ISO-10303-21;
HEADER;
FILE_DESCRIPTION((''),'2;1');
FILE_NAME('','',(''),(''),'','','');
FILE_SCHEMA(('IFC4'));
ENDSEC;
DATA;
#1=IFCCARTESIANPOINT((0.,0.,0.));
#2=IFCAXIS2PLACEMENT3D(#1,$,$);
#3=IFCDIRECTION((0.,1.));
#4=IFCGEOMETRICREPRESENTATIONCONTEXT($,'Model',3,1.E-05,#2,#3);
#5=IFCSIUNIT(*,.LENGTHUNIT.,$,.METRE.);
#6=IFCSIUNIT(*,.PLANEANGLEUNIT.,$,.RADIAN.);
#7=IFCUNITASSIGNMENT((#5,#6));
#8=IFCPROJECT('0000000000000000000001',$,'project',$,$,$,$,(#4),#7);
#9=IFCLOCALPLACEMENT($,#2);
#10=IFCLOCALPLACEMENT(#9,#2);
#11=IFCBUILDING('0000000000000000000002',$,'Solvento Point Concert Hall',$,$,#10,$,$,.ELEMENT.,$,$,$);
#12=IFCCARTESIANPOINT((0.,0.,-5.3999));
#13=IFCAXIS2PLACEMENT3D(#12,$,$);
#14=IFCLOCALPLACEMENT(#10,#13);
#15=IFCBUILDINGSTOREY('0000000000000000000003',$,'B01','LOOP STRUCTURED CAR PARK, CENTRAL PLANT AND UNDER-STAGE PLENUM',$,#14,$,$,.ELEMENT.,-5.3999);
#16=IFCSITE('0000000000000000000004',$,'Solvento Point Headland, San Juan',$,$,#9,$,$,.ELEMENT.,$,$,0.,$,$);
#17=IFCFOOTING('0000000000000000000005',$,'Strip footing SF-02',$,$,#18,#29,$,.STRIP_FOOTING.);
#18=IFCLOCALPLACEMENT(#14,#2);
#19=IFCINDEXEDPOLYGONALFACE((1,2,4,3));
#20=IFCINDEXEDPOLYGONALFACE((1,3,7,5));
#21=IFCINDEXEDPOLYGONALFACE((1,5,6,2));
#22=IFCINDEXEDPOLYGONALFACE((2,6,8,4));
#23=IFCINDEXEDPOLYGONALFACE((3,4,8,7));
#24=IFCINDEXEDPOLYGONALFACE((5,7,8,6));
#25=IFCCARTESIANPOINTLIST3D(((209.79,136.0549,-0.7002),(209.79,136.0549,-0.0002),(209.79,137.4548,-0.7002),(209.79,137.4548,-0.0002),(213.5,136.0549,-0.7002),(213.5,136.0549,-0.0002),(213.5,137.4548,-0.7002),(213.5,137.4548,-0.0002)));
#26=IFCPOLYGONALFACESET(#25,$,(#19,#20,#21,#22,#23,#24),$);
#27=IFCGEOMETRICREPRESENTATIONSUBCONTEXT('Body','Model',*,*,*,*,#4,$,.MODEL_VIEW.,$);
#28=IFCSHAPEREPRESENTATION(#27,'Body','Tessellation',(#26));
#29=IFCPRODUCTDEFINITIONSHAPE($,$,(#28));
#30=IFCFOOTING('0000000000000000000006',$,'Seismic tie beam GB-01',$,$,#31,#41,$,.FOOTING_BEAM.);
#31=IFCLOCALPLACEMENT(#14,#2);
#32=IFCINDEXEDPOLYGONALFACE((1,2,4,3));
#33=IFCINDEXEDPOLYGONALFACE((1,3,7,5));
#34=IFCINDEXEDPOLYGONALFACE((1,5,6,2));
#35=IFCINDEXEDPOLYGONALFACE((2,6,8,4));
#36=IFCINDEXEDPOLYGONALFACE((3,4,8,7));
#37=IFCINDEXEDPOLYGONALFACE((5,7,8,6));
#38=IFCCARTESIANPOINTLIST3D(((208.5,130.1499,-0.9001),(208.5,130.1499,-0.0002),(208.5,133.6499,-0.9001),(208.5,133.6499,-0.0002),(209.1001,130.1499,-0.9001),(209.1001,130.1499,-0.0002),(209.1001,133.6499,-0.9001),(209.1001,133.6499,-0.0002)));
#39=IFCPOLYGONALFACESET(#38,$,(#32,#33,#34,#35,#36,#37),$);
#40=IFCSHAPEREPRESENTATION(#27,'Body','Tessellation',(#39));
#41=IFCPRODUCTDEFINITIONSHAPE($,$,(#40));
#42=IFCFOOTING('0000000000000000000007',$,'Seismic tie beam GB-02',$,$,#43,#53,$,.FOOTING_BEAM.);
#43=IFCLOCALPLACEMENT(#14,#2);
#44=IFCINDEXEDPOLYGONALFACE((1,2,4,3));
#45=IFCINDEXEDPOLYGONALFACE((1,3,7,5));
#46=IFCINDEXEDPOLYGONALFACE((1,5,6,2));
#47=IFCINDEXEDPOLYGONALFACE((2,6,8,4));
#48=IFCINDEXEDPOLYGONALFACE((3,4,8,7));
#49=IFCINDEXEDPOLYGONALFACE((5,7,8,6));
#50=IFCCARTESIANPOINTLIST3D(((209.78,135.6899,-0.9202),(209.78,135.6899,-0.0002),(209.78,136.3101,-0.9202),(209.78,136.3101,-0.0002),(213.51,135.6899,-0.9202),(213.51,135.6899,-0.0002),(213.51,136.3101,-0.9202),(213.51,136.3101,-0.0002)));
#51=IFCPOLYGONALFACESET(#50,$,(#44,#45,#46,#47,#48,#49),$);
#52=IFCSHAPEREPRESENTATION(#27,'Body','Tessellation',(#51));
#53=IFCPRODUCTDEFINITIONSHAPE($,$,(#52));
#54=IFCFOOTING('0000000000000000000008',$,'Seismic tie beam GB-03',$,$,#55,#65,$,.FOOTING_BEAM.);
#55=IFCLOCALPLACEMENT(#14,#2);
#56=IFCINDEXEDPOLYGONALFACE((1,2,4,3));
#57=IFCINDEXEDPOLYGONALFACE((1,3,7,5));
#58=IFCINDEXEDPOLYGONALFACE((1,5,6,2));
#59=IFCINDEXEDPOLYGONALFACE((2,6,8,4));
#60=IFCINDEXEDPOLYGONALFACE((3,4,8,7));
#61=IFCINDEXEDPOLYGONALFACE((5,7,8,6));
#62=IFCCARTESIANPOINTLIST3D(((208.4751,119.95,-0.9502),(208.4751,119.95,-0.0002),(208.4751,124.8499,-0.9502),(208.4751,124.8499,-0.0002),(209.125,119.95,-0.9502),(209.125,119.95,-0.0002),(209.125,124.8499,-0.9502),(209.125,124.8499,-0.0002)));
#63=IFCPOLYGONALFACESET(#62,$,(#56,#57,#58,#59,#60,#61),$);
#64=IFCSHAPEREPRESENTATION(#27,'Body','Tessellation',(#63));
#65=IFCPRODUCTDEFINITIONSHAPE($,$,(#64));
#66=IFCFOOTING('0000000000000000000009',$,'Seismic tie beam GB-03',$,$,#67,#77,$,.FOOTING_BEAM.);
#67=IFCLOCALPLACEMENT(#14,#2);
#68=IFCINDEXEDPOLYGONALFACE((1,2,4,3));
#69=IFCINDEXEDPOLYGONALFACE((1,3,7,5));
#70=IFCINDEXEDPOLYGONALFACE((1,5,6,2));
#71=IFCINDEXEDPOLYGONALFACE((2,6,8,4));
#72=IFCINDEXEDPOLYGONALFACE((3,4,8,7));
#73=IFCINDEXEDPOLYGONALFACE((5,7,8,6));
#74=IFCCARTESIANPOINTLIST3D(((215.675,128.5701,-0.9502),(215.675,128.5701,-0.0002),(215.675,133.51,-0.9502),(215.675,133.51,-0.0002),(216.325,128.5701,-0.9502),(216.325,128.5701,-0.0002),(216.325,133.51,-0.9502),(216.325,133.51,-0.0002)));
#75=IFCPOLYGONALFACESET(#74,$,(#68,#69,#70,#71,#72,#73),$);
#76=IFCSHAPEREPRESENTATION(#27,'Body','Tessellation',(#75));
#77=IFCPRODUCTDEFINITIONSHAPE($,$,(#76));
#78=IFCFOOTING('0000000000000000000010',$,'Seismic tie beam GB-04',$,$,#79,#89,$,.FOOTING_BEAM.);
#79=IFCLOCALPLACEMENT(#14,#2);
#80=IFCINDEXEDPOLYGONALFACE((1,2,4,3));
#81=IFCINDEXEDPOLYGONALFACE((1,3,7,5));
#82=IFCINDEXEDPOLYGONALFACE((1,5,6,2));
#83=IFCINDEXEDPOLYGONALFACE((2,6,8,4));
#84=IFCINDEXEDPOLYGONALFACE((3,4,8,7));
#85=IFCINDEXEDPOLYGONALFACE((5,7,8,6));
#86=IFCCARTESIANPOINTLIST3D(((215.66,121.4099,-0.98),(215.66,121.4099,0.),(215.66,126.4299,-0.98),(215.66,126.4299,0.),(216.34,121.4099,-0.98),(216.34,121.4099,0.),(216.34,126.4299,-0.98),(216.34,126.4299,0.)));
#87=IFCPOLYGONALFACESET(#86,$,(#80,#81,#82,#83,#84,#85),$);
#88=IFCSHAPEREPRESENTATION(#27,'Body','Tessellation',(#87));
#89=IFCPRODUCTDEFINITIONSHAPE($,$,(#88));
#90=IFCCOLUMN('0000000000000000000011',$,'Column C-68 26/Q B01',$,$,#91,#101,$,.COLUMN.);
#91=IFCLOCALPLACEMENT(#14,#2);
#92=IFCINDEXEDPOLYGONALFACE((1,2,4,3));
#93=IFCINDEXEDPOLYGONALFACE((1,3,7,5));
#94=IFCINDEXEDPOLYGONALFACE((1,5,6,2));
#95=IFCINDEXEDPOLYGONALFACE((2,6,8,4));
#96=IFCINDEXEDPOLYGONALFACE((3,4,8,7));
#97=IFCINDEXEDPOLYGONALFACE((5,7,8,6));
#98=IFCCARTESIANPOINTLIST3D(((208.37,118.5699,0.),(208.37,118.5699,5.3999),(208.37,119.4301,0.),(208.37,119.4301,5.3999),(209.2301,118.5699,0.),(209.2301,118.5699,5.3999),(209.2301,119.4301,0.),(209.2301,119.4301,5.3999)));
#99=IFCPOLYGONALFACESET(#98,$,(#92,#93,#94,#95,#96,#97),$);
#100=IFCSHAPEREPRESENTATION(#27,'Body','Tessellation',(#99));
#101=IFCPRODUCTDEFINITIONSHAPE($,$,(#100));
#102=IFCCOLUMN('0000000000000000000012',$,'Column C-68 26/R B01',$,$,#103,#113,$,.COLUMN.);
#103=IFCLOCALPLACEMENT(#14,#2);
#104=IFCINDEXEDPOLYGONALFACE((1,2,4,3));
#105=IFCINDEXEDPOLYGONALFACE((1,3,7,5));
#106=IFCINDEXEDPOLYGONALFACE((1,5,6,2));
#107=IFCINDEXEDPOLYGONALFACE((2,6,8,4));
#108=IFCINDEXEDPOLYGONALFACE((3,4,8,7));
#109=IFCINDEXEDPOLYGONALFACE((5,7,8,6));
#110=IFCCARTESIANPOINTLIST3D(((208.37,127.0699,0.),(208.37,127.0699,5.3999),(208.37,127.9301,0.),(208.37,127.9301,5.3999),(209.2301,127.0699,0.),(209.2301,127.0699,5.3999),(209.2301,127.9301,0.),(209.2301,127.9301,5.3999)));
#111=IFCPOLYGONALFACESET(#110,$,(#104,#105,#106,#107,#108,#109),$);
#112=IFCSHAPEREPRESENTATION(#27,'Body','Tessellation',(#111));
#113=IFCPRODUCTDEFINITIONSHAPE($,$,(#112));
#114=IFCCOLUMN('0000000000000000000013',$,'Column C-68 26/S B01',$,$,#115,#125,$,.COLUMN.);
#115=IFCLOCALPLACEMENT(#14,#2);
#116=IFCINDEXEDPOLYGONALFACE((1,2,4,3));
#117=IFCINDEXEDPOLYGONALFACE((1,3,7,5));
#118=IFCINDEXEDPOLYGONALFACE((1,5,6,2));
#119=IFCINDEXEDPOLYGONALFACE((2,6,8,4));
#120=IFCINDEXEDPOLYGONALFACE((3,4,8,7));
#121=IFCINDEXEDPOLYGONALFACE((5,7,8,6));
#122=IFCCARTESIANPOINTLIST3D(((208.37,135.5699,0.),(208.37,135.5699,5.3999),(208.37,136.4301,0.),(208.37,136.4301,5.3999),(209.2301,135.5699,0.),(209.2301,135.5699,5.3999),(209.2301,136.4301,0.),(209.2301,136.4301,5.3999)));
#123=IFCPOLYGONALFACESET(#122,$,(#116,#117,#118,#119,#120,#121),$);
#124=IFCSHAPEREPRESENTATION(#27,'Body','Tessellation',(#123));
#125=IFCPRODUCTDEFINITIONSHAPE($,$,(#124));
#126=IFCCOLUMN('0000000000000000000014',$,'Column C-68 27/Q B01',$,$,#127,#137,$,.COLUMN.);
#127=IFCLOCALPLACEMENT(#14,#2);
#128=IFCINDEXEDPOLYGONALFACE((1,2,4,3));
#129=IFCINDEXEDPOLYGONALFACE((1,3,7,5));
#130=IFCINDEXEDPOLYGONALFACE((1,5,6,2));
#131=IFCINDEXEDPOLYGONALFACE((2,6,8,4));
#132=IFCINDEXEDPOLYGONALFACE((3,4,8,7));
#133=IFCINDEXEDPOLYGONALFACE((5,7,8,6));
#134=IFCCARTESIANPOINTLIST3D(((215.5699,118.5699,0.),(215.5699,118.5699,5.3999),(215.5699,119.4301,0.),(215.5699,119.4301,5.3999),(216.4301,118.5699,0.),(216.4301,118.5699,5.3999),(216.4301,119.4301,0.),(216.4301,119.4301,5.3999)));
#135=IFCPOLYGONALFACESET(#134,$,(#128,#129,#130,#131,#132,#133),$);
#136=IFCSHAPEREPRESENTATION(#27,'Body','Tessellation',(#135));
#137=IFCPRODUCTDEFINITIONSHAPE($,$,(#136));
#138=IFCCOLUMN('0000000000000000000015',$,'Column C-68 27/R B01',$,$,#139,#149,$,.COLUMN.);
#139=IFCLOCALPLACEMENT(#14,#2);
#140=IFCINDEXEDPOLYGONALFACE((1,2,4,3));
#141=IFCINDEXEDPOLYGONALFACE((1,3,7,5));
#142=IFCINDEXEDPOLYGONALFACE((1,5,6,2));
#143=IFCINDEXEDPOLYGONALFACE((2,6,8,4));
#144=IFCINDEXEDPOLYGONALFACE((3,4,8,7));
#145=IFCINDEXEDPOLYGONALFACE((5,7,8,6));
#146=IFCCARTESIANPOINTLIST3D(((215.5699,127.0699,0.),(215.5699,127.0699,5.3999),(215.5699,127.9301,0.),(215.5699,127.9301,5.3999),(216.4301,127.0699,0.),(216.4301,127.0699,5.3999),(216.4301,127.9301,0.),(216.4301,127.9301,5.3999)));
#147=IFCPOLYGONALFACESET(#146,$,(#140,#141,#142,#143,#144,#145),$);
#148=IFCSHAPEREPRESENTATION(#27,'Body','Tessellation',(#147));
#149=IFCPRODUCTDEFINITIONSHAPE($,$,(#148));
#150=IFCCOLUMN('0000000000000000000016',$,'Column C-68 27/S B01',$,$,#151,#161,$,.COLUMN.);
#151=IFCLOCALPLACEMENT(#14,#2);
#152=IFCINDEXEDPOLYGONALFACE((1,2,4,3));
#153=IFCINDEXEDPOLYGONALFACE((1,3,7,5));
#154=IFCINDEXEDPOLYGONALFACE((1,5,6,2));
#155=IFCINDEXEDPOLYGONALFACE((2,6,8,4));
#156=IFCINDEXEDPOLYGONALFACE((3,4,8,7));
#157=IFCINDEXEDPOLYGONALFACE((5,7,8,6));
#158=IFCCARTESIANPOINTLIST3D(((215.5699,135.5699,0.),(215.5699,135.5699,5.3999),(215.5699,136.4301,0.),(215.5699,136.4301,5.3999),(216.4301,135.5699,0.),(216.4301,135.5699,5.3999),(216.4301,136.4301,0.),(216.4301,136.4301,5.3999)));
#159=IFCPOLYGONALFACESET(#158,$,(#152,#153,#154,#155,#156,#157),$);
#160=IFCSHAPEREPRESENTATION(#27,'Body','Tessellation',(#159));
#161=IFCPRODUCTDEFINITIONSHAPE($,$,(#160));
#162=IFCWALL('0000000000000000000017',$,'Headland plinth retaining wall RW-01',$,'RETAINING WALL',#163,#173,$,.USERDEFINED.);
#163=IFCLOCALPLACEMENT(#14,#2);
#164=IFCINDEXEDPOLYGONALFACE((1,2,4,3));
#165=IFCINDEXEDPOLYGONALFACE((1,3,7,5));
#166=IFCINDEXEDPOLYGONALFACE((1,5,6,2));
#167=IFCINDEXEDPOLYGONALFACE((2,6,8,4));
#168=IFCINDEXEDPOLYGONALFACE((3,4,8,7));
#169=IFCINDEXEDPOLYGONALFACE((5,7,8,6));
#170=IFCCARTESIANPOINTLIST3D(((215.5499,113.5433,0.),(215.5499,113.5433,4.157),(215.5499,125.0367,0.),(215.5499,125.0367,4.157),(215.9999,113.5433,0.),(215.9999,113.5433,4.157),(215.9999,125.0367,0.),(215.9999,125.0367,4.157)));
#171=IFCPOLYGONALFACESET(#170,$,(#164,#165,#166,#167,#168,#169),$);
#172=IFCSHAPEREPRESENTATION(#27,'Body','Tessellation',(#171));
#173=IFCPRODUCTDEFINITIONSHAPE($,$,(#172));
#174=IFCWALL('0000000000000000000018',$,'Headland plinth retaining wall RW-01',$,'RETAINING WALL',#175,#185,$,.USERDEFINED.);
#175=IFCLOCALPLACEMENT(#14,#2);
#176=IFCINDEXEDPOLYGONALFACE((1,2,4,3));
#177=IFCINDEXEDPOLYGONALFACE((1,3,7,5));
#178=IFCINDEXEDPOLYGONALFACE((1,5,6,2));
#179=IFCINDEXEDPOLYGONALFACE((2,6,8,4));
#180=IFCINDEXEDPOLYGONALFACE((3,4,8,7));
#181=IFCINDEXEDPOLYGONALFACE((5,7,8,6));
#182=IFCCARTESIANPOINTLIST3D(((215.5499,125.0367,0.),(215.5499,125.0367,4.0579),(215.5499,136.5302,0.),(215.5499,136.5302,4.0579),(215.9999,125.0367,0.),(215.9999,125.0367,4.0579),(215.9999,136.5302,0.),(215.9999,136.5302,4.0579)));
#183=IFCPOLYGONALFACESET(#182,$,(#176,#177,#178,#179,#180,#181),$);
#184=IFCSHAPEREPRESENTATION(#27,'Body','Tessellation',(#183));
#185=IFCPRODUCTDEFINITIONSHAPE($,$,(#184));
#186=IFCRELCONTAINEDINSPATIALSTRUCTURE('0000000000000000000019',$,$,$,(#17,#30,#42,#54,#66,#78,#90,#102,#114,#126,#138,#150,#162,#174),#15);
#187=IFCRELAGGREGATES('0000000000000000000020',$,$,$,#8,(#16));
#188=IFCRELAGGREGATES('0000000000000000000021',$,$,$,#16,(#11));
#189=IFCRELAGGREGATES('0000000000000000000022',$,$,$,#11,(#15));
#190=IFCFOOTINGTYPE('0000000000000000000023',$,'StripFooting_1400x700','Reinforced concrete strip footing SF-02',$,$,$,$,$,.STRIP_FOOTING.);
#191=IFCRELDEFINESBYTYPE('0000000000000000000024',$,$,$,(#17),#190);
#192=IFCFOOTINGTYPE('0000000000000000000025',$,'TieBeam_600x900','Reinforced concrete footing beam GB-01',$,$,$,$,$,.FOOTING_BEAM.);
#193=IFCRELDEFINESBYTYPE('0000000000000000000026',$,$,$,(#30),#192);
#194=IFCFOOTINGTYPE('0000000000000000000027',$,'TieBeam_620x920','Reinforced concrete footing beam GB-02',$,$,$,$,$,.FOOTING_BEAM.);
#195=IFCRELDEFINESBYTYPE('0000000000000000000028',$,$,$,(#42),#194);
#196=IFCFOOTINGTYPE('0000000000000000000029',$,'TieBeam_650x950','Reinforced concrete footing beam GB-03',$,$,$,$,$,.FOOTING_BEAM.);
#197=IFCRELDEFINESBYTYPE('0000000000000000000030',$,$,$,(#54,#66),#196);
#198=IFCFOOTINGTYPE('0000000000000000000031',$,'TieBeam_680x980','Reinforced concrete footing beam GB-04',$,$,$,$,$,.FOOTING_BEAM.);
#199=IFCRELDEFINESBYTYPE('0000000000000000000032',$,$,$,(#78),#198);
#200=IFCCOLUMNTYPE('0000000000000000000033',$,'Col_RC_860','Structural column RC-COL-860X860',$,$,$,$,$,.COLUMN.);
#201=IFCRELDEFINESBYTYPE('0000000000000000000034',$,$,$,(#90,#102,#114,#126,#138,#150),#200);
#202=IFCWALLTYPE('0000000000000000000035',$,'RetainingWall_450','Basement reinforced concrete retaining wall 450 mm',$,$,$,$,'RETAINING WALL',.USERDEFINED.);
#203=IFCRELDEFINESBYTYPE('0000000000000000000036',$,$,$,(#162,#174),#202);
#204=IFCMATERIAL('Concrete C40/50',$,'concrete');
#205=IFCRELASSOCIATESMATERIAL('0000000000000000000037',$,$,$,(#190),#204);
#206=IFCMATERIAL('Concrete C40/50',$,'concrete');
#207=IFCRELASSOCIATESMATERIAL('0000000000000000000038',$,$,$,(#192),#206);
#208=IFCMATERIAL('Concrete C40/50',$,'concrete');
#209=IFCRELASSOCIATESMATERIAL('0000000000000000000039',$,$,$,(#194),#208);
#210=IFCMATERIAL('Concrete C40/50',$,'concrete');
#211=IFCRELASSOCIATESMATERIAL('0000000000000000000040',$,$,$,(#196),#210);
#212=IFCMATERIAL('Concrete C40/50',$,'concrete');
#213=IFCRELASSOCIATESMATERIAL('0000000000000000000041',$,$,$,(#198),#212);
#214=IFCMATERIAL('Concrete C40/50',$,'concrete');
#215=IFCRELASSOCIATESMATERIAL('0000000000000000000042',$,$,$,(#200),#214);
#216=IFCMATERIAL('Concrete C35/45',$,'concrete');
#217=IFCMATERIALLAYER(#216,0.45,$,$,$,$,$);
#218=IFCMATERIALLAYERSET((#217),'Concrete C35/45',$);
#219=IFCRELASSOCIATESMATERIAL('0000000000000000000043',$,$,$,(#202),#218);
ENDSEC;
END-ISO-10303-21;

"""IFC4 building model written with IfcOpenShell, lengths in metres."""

from ifc_helpers import new_model, si_unit, direction, frame, frame_2d, origin, origin_2d, place, context, subcontext, project, spatial, rectangle, extrude, material, layer, layer_set, material_profile, profile_set, type_object, element, save


model = new_model("IFC4")

# Units and contexts
model_context = context("Model", 3, precision=1e-05, world=origin(), true_north=direction((0.0, 1.0)))
body_context = subcontext(model_context, "Body", "Model", "MODEL_VIEW")
ifc_project = project(units=[si_unit("LENGTHUNIT", "METRE"), si_unit("PLANEANGLEUNIT", "RADIAN")], contexts=[model_context])

# Site, building, storey
site_placement = place(None, origin())
site = spatial("IfcSite", under=ifc_project, at=site_placement, Name="Solvento Point Headland, San Juan", CompositionType="ELEMENT", RefElevation=0.0)
building_placement = place(site_placement, origin())
building = spatial("IfcBuilding", under=site, at=building_placement, Name="Solvento Point Concert Hall", CompositionType="ELEMENT")
storey_placement = place(building_placement, frame((0.0, 0.0, -5.3999)))
storey = spatial("IfcBuildingStorey", under=building, at=storey_placement, Name="B01", Description="LOOP STRUCTURED CAR PARK, CENTRAL PLANT AND UNDER-STAGE PLENUM", CompositionType="ELEMENT", Elevation=-5.3999)

# Footings
ifc_material_1 = material(Name="Concrete C40/50", Category="concrete")
footing_type_1 = type_object("IfcFootingType", Name="StripFooting_1400x700", Description="Reinforced concrete strip footing SF-02", PredefinedType="STRIP_FOOTING", material=ifc_material_1)
footing_1_placement = place(storey_placement, frame((211.645, 136.7549, -0.7002), z_axis=(0.0, 0.0, 1.0), x_axis=(1.0, 0.0, 0.0)))
element("IfcFooting", 1, at=footing_1_placement, inside=storey, type_object=footing_type_1, Name="Strip footing SF-02", PredefinedType="STRIP_FOOTING", context=body_context, shape_type="SweptSolid", body=[
    extrude(rectangle(XDim=3.71, YDim=1.3999, at=origin_2d()), origin(), (0.0, 0.0, 1.0), 0.7),
])
ifc_material_2 = material(Name="Concrete C40/50", Category="concrete")
footing_type_2 = type_object("IfcFootingType", Name="TieBeam_600x900", Description="Reinforced concrete footing beam GB-01", PredefinedType="FOOTING_BEAM", material=ifc_material_2)
footing_2_placement = place(storey_placement, frame((208.8, 131.8999, -0.9001), z_axis=(0.0, 0.0, 1.0), x_axis=(0.0, 1.0, 0.0)))
element("IfcFooting", 2, at=footing_2_placement, inside=storey, type_object=footing_type_2, Name="Seismic tie beam GB-01", PredefinedType="FOOTING_BEAM", context=body_context, shape_type="SweptSolid", body=[
    extrude(rectangle(XDim=3.5, YDim=0.6001, at=origin_2d()), origin(), (0.0, 0.0, 1.0), 0.8999),
])
ifc_material_3 = material(Name="Concrete C40/50", Category="concrete")
footing_type_3 = type_object("IfcFootingType", Name="TieBeam_620x920", Description="Reinforced concrete footing beam GB-02", PredefinedType="FOOTING_BEAM", material=ifc_material_3)
footing_3_placement = place(storey_placement, frame((211.645, 136.0, -0.9202), z_axis=(0.0, 0.0, 1.0), x_axis=(1.0, 0.0, 0.0)))
element("IfcFooting", 3, at=footing_3_placement, inside=storey, type_object=footing_type_3, Name="Seismic tie beam GB-02", PredefinedType="FOOTING_BEAM", context=body_context, shape_type="SweptSolid", body=[
    extrude(rectangle(XDim=3.73, YDim=0.6201, at=origin_2d()), origin(), (0.0, 0.0, 1.0), 0.9199),
])
ifc_material_4 = material(Name="Concrete C40/50", Category="concrete")
footing_type_4 = type_object("IfcFootingType", Name="TieBeam_650x950", Description="Reinforced concrete footing beam GB-03", PredefinedType="FOOTING_BEAM", material=ifc_material_4)
footing_4_placement = place(storey_placement, frame((208.8, 122.3999, -0.9502), z_axis=(0.0, 0.0, 1.0), x_axis=(0.0, 1.0, 0.0)))
element("IfcFooting", 4, at=footing_4_placement, inside=storey, type_object=footing_type_4, Name="Seismic tie beam GB-03", PredefinedType="FOOTING_BEAM", context=body_context, shape_type="SweptSolid", body=[
    extrude(rectangle(XDim=4.8999, YDim=0.6499, at=origin_2d()), origin(), (0.0, 0.0, 1.0), 0.95),
])
footing_5_placement = place(storey_placement, frame((216.0, 131.04, -0.9502), z_axis=(0.0, 0.0, 1.0), x_axis=(0.0, 1.0, 0.0)))
element("IfcFooting", 5, at=footing_5_placement, inside=storey, type_object=footing_type_4, Name="Seismic tie beam GB-03", PredefinedType="FOOTING_BEAM", context=body_context, shape_type="SweptSolid", body=[
    extrude(rectangle(XDim=4.9399, YDim=0.6499, at=origin_2d()), origin(), (0.0, 0.0, 1.0), 0.95),
])
ifc_material_5 = material(Name="Concrete C40/50", Category="concrete")
footing_type_5 = type_object("IfcFootingType", Name="TieBeam_680x980", Description="Reinforced concrete footing beam GB-04", PredefinedType="FOOTING_BEAM", material=ifc_material_5)
footing_6_placement = place(storey_placement, frame((216.0, 123.9199, -0.98), z_axis=(0.0, 0.0, 1.0), x_axis=(0.0, 1.0, 0.0)))
element("IfcFooting", 6, at=footing_6_placement, inside=storey, type_object=footing_type_5, Name="Seismic tie beam GB-04", PredefinedType="FOOTING_BEAM", context=body_context, shape_type="SweptSolid", body=[
    extrude(rectangle(XDim=5.02, YDim=0.6799, at=origin_2d()), origin(), (0.0, 0.0, 1.0), 0.98),
])

# Columns
ifc_material_6 = material(Name="Concrete C40/50", Category="concrete")
ifc_material_profile_1 = material_profile(ifc_material_6, rectangle(XDim=0.8601, YDim=0.8601, at=origin_2d()), Name="RC-COL-860X860")
ifc_profile_set_1 = profile_set([ifc_material_profile_1], Name="Concrete C40/50")
column_type = type_object("IfcColumnType", Name="Col_RC_860", Description="Structural column RC-COL-860X860", PredefinedType="COLUMN", material=ifc_profile_set_1)
for number, where, z_axis, x_axis, name in (
    (7, (208.8, 119.0, 0.0), (0.0, 0.0, 1.0), (1.0, 0.0, 0.0), "Column C-68 26/Q B01"),
    (8, (208.8, 127.5, 0.0), (0.0, 0.0, 1.0), (1.0, 0.0, 0.0), "Column C-68 26/R B01"),
    (9, (208.8, 136.0, 0.0), (0.0, 0.0, 1.0), (1.0, 0.0, 0.0), "Column C-68 26/S B01"),
    (10, (216.0, 119.0, 0.0), (0.0, 0.0, 1.0), (1.0, 0.0, 0.0), "Column C-68 27/Q B01"),
    (11, (216.0, 127.5, 0.0), (0.0, 0.0, 1.0), (1.0, 0.0, 0.0), "Column C-68 27/R B01"),
    (12, (216.0, 136.0, 0.0), (0.0, 0.0, 1.0), (1.0, 0.0, 0.0), "Column C-68 27/S B01"),
):
    element("IfcColumn", number, at=place(storey_placement, frame(where, z_axis=z_axis, x_axis=x_axis)), inside=storey, type_object=column_type, Name=name, PredefinedType="COLUMN", context=body_context, shape_type="SweptSolid", body=[
        extrude(rectangle(XDim=0.8601, YDim=0.8601, at=origin_2d()), origin(), (0.0, 0.0, 1.0), 5.3999),
    ])

# Walls
ifc_material_7 = material(Name="Concrete C35/45", Category="concrete")
ifc_layer = layer(ifc_material_7, 0.45)
ifc_layer_set = layer_set([ifc_layer], Name="Concrete C35/45")
wall_type = type_object("IfcWallType", Name="RetainingWall_450", Description="Basement reinforced concrete retaining wall 450 mm", ElementType="RETAINING WALL", PredefinedType="USERDEFINED", material=ifc_layer_set)
wall_1_placement = place(storey_placement, frame((215.7749, 125.0366, 0.0), z_axis=(0.0, 0.0, 1.0), x_axis=(0.0, -1.0, 0.0)))
element("IfcWall", 13, at=wall_1_placement, inside=storey, type_object=wall_type, Name="Headland plinth retaining wall RW-01", ObjectType="RETAINING WALL", PredefinedType="USERDEFINED", context=body_context, shape_type="SweptSolid", body=[
    extrude(rectangle(XDim=11.4934, YDim=0.45, at=frame_2d((5.7466, 0.0))), origin(), (0.0, 0.0, 1.0), 4.157),
])
wall_2_placement = place(storey_placement, frame((215.7749, 136.53, 0.0), z_axis=(0.0, 0.0, 1.0), x_axis=(0.0, -1.0, 0.0)))
element("IfcWall", 14, at=wall_2_placement, inside=storey, type_object=wall_type, Name="Headland plinth retaining wall RW-01", ObjectType="RETAINING WALL", PredefinedType="USERDEFINED", context=body_context, shape_type="SweptSolid", body=[
    extrude(rectangle(XDim=11.4934, YDim=0.45, at=frame_2d((5.7466, 0.0))), origin(), (0.0, 0.0, 1.0), 4.0579),
])

save(model, "model.ifc")
